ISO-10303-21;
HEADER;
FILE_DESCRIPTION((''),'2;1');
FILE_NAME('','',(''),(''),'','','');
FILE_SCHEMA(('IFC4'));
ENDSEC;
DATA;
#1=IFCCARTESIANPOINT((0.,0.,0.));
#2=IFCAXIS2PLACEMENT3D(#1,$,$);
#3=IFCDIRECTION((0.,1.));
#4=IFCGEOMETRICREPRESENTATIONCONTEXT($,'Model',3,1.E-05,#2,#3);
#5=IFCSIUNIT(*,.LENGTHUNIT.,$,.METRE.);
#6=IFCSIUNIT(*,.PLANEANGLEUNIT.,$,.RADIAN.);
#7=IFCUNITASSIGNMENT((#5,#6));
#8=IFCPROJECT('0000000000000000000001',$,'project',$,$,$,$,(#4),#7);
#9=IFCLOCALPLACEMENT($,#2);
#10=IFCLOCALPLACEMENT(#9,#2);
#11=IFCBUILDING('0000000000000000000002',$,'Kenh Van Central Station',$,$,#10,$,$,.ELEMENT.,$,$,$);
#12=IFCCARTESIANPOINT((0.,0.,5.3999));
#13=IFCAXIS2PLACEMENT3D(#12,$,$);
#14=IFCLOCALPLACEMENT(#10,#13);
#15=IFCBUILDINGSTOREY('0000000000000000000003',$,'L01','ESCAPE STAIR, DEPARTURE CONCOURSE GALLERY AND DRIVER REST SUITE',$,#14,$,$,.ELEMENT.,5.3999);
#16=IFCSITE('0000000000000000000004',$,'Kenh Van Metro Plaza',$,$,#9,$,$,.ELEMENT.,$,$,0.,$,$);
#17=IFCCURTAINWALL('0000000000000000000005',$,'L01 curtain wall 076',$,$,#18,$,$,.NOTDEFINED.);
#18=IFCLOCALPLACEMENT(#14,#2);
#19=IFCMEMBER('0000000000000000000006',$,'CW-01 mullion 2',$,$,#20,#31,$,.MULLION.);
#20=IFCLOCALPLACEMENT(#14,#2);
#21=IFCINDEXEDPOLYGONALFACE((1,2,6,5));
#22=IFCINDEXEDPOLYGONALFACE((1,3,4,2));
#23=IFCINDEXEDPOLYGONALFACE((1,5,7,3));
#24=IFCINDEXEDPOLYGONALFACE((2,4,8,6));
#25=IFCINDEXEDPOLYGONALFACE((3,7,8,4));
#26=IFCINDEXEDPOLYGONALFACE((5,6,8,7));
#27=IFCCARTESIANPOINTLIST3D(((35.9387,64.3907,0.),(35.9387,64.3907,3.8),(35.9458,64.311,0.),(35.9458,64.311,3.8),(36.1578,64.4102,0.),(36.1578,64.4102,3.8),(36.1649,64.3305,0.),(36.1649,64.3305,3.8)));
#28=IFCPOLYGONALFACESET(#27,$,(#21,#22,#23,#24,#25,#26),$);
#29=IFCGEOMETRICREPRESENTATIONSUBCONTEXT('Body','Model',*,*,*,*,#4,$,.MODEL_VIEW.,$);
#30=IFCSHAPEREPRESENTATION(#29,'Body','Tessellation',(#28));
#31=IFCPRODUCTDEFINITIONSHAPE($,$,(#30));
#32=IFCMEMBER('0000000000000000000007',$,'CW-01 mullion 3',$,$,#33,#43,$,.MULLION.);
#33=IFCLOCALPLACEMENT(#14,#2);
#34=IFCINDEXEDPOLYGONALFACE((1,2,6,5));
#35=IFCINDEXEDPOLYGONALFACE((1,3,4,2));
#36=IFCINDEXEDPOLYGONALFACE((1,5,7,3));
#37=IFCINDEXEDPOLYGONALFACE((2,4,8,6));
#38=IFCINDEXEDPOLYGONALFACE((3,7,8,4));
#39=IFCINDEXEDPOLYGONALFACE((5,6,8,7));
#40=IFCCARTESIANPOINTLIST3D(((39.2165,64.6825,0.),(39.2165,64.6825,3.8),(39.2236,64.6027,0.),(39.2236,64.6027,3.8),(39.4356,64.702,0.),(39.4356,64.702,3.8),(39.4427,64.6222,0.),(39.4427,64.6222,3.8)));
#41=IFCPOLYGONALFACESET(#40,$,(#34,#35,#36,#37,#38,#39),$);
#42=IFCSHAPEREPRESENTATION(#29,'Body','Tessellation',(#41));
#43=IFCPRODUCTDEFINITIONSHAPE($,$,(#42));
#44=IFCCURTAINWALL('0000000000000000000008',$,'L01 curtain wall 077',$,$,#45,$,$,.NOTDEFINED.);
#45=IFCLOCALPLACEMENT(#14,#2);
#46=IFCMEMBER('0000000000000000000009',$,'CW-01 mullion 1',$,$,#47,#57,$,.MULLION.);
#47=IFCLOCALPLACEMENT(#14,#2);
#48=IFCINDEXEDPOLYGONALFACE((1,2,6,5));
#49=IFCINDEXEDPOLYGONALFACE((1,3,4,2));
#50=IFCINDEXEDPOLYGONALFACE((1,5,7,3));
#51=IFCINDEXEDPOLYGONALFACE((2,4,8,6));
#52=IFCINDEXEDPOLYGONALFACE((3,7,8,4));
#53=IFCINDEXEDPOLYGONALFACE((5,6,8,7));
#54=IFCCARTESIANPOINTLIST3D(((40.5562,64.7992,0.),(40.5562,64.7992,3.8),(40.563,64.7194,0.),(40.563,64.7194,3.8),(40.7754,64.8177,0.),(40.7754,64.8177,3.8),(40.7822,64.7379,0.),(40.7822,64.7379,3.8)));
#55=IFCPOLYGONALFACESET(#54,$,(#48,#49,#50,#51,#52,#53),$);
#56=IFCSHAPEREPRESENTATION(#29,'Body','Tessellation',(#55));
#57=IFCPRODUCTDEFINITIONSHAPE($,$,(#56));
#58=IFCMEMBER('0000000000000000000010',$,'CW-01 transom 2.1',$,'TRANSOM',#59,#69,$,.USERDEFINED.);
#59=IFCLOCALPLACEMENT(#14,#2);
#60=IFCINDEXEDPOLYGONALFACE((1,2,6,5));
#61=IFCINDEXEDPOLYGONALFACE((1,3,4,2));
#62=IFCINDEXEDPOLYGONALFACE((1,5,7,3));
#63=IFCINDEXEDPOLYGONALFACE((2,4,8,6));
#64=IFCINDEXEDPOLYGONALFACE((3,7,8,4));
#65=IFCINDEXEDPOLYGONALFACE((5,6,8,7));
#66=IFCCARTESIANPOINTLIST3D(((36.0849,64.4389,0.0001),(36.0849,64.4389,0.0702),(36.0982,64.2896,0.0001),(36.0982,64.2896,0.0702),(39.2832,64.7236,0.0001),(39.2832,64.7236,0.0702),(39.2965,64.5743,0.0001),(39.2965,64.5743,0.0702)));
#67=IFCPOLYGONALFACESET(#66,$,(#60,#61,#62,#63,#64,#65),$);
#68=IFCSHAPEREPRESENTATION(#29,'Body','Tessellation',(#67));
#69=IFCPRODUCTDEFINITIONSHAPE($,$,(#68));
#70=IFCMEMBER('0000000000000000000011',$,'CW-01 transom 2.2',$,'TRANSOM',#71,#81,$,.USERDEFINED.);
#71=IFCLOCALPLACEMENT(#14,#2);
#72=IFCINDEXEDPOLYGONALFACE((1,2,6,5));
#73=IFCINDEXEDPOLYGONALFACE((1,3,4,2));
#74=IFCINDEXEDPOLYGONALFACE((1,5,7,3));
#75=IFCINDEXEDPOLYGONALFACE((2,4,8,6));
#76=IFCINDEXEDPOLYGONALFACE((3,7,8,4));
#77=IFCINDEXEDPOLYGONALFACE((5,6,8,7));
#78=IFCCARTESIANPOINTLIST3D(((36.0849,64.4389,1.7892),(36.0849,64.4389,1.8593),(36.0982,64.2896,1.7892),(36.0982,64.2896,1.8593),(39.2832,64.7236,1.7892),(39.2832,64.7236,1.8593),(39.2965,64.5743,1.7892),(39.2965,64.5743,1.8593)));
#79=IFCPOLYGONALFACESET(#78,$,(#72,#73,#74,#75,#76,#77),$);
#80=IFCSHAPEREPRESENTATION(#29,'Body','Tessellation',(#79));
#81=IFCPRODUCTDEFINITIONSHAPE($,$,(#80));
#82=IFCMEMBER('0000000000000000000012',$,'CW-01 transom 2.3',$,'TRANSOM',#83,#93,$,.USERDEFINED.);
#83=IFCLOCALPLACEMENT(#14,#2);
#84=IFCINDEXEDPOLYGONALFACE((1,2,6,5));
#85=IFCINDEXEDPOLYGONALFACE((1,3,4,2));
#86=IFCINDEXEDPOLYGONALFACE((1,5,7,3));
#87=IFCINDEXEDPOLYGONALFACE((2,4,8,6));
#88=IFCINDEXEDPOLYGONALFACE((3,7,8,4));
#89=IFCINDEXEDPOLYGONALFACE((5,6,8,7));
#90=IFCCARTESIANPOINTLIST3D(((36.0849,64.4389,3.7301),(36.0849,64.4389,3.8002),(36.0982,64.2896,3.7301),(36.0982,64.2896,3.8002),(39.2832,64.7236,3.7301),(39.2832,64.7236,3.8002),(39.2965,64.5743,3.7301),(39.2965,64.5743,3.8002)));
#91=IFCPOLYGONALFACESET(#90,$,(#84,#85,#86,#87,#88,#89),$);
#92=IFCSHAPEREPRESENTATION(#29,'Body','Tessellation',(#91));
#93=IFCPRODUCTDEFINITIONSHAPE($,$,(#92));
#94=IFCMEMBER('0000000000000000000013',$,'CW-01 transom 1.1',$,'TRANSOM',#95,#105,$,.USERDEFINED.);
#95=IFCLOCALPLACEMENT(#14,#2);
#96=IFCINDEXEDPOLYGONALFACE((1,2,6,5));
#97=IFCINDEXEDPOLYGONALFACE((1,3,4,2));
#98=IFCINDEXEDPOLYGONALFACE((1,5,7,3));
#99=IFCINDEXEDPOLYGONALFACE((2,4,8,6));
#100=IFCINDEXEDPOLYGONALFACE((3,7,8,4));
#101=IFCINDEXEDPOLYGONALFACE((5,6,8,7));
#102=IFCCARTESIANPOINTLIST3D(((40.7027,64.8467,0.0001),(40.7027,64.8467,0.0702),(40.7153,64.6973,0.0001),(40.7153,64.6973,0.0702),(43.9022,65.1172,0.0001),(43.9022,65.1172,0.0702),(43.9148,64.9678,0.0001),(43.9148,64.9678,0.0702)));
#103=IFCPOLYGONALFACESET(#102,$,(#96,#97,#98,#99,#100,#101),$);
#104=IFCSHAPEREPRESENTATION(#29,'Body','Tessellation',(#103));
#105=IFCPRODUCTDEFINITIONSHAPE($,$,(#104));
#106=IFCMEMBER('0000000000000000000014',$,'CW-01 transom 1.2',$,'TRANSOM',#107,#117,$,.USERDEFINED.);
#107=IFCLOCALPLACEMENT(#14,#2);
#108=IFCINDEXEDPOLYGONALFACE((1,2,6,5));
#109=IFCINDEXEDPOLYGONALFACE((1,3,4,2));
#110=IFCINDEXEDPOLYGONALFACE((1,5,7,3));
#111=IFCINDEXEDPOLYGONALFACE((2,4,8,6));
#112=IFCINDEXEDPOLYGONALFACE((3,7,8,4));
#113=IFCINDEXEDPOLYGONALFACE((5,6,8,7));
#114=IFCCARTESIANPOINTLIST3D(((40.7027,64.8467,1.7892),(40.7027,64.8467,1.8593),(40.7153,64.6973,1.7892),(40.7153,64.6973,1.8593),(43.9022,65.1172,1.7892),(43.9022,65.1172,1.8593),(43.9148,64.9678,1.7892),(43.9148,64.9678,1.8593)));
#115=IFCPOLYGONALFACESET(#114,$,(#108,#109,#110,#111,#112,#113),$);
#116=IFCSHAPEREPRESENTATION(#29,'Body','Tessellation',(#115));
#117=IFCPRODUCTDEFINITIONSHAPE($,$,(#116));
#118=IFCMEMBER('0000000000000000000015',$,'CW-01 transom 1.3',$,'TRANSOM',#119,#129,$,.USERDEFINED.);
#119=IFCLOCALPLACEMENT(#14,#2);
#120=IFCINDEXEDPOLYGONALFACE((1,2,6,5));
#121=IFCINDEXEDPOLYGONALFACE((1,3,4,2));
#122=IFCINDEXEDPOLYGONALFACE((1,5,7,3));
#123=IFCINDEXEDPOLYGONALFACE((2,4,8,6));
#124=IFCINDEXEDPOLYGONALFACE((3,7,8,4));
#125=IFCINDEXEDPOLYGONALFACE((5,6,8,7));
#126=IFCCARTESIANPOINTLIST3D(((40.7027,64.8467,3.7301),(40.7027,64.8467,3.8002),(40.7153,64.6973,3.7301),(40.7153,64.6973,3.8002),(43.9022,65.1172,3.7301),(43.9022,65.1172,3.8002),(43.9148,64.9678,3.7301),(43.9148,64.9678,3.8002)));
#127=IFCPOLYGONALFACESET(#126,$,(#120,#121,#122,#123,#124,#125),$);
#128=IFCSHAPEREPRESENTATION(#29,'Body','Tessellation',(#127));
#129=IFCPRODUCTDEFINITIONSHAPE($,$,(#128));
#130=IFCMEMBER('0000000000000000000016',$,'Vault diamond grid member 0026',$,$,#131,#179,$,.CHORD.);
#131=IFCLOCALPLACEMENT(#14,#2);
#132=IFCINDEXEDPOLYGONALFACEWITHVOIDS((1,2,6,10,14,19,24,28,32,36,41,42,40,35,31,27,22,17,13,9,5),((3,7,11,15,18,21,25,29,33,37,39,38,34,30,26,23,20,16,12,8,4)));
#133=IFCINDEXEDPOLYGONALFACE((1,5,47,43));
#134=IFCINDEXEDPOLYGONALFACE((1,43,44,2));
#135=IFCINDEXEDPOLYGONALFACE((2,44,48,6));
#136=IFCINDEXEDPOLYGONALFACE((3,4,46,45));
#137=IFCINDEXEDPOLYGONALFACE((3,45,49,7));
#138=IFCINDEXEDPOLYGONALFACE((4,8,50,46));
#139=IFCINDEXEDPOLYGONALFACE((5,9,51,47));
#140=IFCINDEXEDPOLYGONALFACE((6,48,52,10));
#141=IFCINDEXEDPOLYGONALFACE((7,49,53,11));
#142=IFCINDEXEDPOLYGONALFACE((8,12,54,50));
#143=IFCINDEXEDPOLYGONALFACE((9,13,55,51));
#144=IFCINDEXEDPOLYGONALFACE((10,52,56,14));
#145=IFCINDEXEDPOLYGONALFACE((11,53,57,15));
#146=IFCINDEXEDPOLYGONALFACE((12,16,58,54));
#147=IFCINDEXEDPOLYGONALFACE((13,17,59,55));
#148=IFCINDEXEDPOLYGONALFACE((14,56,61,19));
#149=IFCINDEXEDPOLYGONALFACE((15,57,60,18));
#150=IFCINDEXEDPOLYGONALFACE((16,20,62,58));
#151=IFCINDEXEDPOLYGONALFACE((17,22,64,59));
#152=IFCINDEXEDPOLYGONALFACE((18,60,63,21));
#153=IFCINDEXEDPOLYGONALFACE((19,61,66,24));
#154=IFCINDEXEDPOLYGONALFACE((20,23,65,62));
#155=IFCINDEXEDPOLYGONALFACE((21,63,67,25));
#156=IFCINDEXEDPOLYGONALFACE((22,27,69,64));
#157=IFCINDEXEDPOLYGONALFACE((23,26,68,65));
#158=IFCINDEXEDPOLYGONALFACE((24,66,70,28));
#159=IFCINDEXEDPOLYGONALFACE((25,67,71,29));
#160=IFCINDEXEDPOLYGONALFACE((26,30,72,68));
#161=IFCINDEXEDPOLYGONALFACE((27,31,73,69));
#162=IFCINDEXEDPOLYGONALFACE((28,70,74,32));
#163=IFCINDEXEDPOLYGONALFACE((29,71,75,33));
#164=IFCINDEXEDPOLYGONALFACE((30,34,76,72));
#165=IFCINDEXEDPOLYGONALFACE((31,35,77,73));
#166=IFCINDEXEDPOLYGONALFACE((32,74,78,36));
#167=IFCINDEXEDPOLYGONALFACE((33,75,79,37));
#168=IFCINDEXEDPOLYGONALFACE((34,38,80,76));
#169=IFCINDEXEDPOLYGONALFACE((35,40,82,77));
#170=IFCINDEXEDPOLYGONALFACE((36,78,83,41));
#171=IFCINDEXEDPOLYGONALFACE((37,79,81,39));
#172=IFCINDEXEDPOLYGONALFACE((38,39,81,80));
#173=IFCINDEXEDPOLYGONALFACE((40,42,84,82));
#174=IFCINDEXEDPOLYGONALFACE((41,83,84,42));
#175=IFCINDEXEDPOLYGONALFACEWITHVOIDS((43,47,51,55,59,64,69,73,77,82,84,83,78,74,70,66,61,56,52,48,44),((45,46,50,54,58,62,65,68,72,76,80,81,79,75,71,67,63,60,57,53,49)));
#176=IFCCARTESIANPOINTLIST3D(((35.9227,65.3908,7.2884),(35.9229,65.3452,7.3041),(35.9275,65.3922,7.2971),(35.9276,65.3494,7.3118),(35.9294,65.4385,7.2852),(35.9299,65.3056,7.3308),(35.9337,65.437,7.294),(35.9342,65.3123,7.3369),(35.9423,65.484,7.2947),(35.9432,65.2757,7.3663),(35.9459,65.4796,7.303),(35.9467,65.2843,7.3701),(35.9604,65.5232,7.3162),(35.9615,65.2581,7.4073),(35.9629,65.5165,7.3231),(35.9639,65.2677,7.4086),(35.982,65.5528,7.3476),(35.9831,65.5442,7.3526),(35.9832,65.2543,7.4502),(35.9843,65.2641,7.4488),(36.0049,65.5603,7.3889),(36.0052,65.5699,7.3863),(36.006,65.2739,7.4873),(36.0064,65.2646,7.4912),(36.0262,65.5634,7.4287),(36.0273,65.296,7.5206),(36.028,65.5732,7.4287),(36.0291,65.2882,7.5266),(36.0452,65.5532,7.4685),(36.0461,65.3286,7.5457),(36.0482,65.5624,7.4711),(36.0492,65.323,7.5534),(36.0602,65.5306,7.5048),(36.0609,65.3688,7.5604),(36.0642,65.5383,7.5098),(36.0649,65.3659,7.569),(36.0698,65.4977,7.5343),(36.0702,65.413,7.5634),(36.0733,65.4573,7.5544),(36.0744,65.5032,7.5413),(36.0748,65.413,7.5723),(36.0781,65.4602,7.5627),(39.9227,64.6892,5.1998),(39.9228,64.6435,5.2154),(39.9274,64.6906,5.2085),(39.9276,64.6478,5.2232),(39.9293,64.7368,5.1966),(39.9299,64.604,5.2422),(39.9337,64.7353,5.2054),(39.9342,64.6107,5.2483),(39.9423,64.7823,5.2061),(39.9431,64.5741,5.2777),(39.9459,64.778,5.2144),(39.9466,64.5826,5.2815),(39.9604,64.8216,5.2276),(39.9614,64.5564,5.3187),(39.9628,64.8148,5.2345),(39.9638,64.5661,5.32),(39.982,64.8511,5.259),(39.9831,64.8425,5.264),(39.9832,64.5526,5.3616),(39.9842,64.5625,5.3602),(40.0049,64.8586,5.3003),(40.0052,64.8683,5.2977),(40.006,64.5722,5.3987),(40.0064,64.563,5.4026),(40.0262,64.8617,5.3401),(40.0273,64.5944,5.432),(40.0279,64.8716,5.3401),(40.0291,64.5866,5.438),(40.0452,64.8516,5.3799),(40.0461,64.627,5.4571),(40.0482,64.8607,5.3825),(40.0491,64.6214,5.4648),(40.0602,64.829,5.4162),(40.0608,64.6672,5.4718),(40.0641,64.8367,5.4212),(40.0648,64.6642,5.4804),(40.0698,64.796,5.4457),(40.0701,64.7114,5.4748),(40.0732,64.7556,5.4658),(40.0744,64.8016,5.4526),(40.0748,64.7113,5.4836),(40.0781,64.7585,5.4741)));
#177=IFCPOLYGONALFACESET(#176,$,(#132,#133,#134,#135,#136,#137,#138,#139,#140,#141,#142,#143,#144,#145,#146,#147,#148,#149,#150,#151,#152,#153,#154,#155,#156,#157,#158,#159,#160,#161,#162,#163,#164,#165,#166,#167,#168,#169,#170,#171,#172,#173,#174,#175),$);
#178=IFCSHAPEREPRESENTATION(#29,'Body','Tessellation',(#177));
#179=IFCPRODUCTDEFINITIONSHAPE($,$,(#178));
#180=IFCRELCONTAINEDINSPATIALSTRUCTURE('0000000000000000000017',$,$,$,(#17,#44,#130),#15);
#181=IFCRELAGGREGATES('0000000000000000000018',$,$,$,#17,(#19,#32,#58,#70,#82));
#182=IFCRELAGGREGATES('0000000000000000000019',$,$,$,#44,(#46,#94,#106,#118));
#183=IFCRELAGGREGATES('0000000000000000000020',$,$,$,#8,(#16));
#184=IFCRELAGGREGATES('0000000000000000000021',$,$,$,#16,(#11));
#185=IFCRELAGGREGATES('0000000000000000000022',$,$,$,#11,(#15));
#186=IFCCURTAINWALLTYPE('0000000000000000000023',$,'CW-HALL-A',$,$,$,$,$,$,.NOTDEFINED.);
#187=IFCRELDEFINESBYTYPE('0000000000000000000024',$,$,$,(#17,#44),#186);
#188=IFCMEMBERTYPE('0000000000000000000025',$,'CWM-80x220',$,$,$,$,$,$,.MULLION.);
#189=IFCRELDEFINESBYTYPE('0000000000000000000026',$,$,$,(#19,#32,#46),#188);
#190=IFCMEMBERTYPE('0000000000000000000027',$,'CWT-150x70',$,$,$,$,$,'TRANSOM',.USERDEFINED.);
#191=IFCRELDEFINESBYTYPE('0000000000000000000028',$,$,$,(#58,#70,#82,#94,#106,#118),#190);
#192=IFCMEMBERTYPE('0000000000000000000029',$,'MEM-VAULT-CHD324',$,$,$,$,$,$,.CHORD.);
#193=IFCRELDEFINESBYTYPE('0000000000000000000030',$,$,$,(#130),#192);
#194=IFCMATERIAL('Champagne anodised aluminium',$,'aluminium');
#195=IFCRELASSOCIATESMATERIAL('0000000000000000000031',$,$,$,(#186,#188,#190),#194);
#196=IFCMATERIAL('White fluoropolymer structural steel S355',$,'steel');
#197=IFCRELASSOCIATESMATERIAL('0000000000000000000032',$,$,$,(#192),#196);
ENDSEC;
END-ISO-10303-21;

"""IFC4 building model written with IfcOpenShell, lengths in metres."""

from ifc_helpers import new_model, si_unit, direction, frame, origin, origin_2d, place, context, subcontext, project, spatial, rectangle, hollow_circle, extrude, material, material_profile, profile_set, type_object, element, aggregate, save


model = new_model("IFC4")

# Units and contexts
model_context = context("Model", 3, precision=1e-05, world=origin(), true_north=direction((0.0, 1.0)))
body_context = subcontext(model_context, "Body", "Model", "MODEL_VIEW")
ifc_project = project(units=[si_unit("LENGTHUNIT", "METRE"), si_unit("PLANEANGLEUNIT", "RADIAN")], contexts=[model_context])

# Site, building, storey
site_placement = place(None, origin())
site = spatial("IfcSite", under=ifc_project, at=site_placement, Name="Kenh Van Metro Plaza", CompositionType="ELEMENT", RefElevation=0.0)
building_placement = place(site_placement, origin())
building = spatial("IfcBuilding", under=site, at=building_placement, Name="Kenh Van Central Station", CompositionType="ELEMENT")
storey_placement = place(building_placement, frame((0.0, 0.0, 5.3999)))
storey = spatial("IfcBuildingStorey", under=building, at=storey_placement, Name="L01", Description="ESCAPE STAIR, DEPARTURE CONCOURSE GALLERY AND DRIVER REST SUITE", CompositionType="ELEMENT", Elevation=5.3999)

# Shared definitions
ifc_material_1 = material(Name="White fluoropolymer structural steel S355", Category="steel")

# Curtain wall, members
ifc_material_2 = material(Name="Champagne anodised aluminium", Category="aluminium")
curtain_wall_type = type_object("IfcCurtainWallType", Name="CW-HALL-A", PredefinedType="NOTDEFINED", material=ifc_material_2)
curtain_wall_1_placement = place(storey_placement, origin())
curtain_wall_1 = element("IfcCurtainWall", 1, at=curtain_wall_1_placement, inside=storey, type_object=curtain_wall_type, Name="L01 curtain wall 076", PredefinedType="NOTDEFINED")
ifc_material_profile_1 = material_profile(ifc_material_2, rectangle(XDim=0.0801, YDim=0.22, at=origin_2d()), Name="AL 80x220")
ifc_profile_set_1 = profile_set([ifc_material_profile_1], Name="Champagne anodised aluminium")
member_type_1 = type_object("IfcMemberType", Name="CWM-80x220", PredefinedType="MULLION", material=ifc_profile_set_1)
member_1_placement = place(storey_placement, frame((36.0518, 64.3606, 0.0), z_axis=(0.0, 0.0, 1.0), x_axis=(-0.08866, 0.996062, 0.0)))
member_1 = element("IfcMember", 2, at=member_1_placement, type_object=member_type_1, Name="CW-01 mullion 2", PredefinedType="MULLION", context=body_context, shape_type="SweptSolid", body=[
    extrude(rectangle(XDim=0.0801, YDim=0.22, at=origin_2d()), origin(), (0.0, 0.0, 1.0), 3.8),
])
member_2_placement = place(storey_placement, frame((39.3296, 64.6523, 0.0), z_axis=(0.0, 0.0, 1.0), x_axis=(-0.08866, 0.996062, 0.0)))
member_2 = element("IfcMember", 3, at=member_2_placement, type_object=member_type_1, Name="CW-01 mullion 3", PredefinedType="MULLION", context=body_context, shape_type="SweptSolid", body=[
    extrude(rectangle(XDim=0.0801, YDim=0.22, at=origin_2d()), origin(), (0.0, 0.0, 1.0), 3.8),
])

# Curtain wall, member
curtain_wall_2_placement = place(storey_placement, origin())
curtain_wall_2 = element("IfcCurtainWall", 4, at=curtain_wall_2_placement, inside=storey, type_object=curtain_wall_type, Name="L01 curtain wall 077", PredefinedType="NOTDEFINED")
member_3_placement = place(storey_placement, frame((40.6692, 64.7686, 0.0), z_axis=(0.0, 0.0, 1.0), x_axis=(-0.084244, 0.996445, 0.0)))
member_3 = element("IfcMember", 5, at=member_3_placement, type_object=member_type_1, Name="CW-01 mullion 1", PredefinedType="MULLION", context=body_context, shape_type="SweptSolid", body=[
    extrude(rectangle(XDim=0.0801, YDim=0.22, at=origin_2d()), origin(), (0.0, 0.0, 1.0), 3.8),
])

# Members
ifc_material_profile_2 = material_profile(ifc_material_2, rectangle(XDim=0.1499, YDim=0.0701, at=origin_2d()), Name="AL 150x70")
ifc_profile_set_2 = profile_set([ifc_material_profile_2], Name="Champagne anodised aluminium")
member_type_2 = type_object("IfcMemberType", Name="CWT-150x70", ElementType="TRANSOM", PredefinedType="USERDEFINED", material=ifc_profile_set_2)
member_4_placement = place(storey_placement, frame((36.0916, 64.3643, 0.0352), z_axis=(0.996062, 0.088657, 0.0), x_axis=(-0.088657, 0.996062, 0.0)))
member_4 = element("IfcMember", 6, at=member_4_placement, type_object=member_type_2, Name="CW-01 transom 2.1", ObjectType="TRANSOM", PredefinedType="USERDEFINED", context=body_context, shape_type="SweptSolid", body=[
    extrude(rectangle(XDim=0.1499, YDim=0.0701, at=origin_2d()), origin(), (0.0, 0.0, 1.0), 3.2109),
])
member_5_placement = place(storey_placement, frame((36.0916, 64.3643, 1.8242), z_axis=(0.996062, 0.088657, 0.0), x_axis=(-0.088657, 0.996062, 0.0)))
member_5 = element("IfcMember", 7, at=member_5_placement, type_object=member_type_2, Name="CW-01 transom 2.2", ObjectType="TRANSOM", PredefinedType="USERDEFINED", context=body_context, shape_type="SweptSolid", body=[
    extrude(rectangle(XDim=0.1499, YDim=0.0701, at=origin_2d()), origin(), (0.0, 0.0, 1.0), 3.2109),
])
member_6_placement = place(storey_placement, frame((36.0916, 64.3643, 3.7651), z_axis=(0.996062, 0.088657, 0.0), x_axis=(-0.088657, 0.996062, 0.0)))
member_6 = element("IfcMember", 8, at=member_6_placement, type_object=member_type_2, Name="CW-01 transom 2.3", ObjectType="TRANSOM", PredefinedType="USERDEFINED", context=body_context, shape_type="SweptSolid", body=[
    extrude(rectangle(XDim=0.1499, YDim=0.0701, at=origin_2d()), origin(), (0.0, 0.0, 1.0), 3.2109),
])
member_7_placement = place(storey_placement, frame((40.709, 64.772, 0.0352), z_axis=(0.996445, 0.084247, 0.0), x_axis=(-0.084247, 0.996445, 0.0)))
member_7 = element("IfcMember", 9, at=member_7_placement, type_object=member_type_2, Name="CW-01 transom 1.1", ObjectType="TRANSOM", PredefinedType="USERDEFINED", context=body_context, shape_type="SweptSolid", body=[
    extrude(rectangle(XDim=0.1499, YDim=0.0701, at=origin_2d()), origin(), (0.0, 0.0, 1.0), 3.2109),
])
member_8_placement = place(storey_placement, frame((40.709, 64.772, 1.8242), z_axis=(0.996445, 0.084247, 0.0), x_axis=(-0.084247, 0.996445, 0.0)))
member_8 = element("IfcMember", 10, at=member_8_placement, type_object=member_type_2, Name="CW-01 transom 1.2", ObjectType="TRANSOM", PredefinedType="USERDEFINED", context=body_context, shape_type="SweptSolid", body=[
    extrude(rectangle(XDim=0.1499, YDim=0.0701, at=origin_2d()), origin(), (0.0, 0.0, 1.0), 3.2109),
])
member_9_placement = place(storey_placement, frame((40.709, 64.772, 3.7651), z_axis=(0.996445, 0.084247, 0.0), x_axis=(-0.084247, 0.996445, 0.0)))
member_9 = element("IfcMember", 11, at=member_9_placement, type_object=member_type_2, Name="CW-01 transom 1.3", ObjectType="TRANSOM", PredefinedType="USERDEFINED", context=body_context, shape_type="SweptSolid", body=[
    extrude(rectangle(XDim=0.1499, YDim=0.0701, at=origin_2d()), origin(), (0.0, 0.0, 1.0), 3.2109),
])

# Member
ifc_material_profile_3 = material_profile(ifc_material_1, hollow_circle(Radius=0.1619, WallThickness=0.01, at=origin_2d()), Name="CHS 323.9x10")
ifc_profile_set_3 = profile_set([ifc_material_profile_3], Name="White fluoropolymer structural steel S355")
member_type_3 = type_object("IfcMemberType", Name="MEM-VAULT-CHD324", PredefinedType="CHORD", material=ifc_profile_set_3)
member_10_placement = place(storey_placement, frame((36.0, 65.4138, 7.4287), z_axis=(0.875908, -0.153647, -0.45736), x_axis=(0.172777, 0.984961, 0.0)))
element("IfcMember", 12, at=member_10_placement, inside=storey, type_object=member_type_3, Name="Vault diamond grid member 0026", PredefinedType="CHORD", context=body_context, shape_type="SweptSolid", body=[
    extrude(hollow_circle(Radius=0.1619, WallThickness=0.01, at=origin_2d()), origin(), (0.0, 0.0, 1.0), 4.5667),
])

aggregate(curtain_wall_1, [member_1, member_2, member_4, member_5, member_6])
aggregate(curtain_wall_2, [member_3, member_7, member_8, member_9])

save(model, "model.ifc")
